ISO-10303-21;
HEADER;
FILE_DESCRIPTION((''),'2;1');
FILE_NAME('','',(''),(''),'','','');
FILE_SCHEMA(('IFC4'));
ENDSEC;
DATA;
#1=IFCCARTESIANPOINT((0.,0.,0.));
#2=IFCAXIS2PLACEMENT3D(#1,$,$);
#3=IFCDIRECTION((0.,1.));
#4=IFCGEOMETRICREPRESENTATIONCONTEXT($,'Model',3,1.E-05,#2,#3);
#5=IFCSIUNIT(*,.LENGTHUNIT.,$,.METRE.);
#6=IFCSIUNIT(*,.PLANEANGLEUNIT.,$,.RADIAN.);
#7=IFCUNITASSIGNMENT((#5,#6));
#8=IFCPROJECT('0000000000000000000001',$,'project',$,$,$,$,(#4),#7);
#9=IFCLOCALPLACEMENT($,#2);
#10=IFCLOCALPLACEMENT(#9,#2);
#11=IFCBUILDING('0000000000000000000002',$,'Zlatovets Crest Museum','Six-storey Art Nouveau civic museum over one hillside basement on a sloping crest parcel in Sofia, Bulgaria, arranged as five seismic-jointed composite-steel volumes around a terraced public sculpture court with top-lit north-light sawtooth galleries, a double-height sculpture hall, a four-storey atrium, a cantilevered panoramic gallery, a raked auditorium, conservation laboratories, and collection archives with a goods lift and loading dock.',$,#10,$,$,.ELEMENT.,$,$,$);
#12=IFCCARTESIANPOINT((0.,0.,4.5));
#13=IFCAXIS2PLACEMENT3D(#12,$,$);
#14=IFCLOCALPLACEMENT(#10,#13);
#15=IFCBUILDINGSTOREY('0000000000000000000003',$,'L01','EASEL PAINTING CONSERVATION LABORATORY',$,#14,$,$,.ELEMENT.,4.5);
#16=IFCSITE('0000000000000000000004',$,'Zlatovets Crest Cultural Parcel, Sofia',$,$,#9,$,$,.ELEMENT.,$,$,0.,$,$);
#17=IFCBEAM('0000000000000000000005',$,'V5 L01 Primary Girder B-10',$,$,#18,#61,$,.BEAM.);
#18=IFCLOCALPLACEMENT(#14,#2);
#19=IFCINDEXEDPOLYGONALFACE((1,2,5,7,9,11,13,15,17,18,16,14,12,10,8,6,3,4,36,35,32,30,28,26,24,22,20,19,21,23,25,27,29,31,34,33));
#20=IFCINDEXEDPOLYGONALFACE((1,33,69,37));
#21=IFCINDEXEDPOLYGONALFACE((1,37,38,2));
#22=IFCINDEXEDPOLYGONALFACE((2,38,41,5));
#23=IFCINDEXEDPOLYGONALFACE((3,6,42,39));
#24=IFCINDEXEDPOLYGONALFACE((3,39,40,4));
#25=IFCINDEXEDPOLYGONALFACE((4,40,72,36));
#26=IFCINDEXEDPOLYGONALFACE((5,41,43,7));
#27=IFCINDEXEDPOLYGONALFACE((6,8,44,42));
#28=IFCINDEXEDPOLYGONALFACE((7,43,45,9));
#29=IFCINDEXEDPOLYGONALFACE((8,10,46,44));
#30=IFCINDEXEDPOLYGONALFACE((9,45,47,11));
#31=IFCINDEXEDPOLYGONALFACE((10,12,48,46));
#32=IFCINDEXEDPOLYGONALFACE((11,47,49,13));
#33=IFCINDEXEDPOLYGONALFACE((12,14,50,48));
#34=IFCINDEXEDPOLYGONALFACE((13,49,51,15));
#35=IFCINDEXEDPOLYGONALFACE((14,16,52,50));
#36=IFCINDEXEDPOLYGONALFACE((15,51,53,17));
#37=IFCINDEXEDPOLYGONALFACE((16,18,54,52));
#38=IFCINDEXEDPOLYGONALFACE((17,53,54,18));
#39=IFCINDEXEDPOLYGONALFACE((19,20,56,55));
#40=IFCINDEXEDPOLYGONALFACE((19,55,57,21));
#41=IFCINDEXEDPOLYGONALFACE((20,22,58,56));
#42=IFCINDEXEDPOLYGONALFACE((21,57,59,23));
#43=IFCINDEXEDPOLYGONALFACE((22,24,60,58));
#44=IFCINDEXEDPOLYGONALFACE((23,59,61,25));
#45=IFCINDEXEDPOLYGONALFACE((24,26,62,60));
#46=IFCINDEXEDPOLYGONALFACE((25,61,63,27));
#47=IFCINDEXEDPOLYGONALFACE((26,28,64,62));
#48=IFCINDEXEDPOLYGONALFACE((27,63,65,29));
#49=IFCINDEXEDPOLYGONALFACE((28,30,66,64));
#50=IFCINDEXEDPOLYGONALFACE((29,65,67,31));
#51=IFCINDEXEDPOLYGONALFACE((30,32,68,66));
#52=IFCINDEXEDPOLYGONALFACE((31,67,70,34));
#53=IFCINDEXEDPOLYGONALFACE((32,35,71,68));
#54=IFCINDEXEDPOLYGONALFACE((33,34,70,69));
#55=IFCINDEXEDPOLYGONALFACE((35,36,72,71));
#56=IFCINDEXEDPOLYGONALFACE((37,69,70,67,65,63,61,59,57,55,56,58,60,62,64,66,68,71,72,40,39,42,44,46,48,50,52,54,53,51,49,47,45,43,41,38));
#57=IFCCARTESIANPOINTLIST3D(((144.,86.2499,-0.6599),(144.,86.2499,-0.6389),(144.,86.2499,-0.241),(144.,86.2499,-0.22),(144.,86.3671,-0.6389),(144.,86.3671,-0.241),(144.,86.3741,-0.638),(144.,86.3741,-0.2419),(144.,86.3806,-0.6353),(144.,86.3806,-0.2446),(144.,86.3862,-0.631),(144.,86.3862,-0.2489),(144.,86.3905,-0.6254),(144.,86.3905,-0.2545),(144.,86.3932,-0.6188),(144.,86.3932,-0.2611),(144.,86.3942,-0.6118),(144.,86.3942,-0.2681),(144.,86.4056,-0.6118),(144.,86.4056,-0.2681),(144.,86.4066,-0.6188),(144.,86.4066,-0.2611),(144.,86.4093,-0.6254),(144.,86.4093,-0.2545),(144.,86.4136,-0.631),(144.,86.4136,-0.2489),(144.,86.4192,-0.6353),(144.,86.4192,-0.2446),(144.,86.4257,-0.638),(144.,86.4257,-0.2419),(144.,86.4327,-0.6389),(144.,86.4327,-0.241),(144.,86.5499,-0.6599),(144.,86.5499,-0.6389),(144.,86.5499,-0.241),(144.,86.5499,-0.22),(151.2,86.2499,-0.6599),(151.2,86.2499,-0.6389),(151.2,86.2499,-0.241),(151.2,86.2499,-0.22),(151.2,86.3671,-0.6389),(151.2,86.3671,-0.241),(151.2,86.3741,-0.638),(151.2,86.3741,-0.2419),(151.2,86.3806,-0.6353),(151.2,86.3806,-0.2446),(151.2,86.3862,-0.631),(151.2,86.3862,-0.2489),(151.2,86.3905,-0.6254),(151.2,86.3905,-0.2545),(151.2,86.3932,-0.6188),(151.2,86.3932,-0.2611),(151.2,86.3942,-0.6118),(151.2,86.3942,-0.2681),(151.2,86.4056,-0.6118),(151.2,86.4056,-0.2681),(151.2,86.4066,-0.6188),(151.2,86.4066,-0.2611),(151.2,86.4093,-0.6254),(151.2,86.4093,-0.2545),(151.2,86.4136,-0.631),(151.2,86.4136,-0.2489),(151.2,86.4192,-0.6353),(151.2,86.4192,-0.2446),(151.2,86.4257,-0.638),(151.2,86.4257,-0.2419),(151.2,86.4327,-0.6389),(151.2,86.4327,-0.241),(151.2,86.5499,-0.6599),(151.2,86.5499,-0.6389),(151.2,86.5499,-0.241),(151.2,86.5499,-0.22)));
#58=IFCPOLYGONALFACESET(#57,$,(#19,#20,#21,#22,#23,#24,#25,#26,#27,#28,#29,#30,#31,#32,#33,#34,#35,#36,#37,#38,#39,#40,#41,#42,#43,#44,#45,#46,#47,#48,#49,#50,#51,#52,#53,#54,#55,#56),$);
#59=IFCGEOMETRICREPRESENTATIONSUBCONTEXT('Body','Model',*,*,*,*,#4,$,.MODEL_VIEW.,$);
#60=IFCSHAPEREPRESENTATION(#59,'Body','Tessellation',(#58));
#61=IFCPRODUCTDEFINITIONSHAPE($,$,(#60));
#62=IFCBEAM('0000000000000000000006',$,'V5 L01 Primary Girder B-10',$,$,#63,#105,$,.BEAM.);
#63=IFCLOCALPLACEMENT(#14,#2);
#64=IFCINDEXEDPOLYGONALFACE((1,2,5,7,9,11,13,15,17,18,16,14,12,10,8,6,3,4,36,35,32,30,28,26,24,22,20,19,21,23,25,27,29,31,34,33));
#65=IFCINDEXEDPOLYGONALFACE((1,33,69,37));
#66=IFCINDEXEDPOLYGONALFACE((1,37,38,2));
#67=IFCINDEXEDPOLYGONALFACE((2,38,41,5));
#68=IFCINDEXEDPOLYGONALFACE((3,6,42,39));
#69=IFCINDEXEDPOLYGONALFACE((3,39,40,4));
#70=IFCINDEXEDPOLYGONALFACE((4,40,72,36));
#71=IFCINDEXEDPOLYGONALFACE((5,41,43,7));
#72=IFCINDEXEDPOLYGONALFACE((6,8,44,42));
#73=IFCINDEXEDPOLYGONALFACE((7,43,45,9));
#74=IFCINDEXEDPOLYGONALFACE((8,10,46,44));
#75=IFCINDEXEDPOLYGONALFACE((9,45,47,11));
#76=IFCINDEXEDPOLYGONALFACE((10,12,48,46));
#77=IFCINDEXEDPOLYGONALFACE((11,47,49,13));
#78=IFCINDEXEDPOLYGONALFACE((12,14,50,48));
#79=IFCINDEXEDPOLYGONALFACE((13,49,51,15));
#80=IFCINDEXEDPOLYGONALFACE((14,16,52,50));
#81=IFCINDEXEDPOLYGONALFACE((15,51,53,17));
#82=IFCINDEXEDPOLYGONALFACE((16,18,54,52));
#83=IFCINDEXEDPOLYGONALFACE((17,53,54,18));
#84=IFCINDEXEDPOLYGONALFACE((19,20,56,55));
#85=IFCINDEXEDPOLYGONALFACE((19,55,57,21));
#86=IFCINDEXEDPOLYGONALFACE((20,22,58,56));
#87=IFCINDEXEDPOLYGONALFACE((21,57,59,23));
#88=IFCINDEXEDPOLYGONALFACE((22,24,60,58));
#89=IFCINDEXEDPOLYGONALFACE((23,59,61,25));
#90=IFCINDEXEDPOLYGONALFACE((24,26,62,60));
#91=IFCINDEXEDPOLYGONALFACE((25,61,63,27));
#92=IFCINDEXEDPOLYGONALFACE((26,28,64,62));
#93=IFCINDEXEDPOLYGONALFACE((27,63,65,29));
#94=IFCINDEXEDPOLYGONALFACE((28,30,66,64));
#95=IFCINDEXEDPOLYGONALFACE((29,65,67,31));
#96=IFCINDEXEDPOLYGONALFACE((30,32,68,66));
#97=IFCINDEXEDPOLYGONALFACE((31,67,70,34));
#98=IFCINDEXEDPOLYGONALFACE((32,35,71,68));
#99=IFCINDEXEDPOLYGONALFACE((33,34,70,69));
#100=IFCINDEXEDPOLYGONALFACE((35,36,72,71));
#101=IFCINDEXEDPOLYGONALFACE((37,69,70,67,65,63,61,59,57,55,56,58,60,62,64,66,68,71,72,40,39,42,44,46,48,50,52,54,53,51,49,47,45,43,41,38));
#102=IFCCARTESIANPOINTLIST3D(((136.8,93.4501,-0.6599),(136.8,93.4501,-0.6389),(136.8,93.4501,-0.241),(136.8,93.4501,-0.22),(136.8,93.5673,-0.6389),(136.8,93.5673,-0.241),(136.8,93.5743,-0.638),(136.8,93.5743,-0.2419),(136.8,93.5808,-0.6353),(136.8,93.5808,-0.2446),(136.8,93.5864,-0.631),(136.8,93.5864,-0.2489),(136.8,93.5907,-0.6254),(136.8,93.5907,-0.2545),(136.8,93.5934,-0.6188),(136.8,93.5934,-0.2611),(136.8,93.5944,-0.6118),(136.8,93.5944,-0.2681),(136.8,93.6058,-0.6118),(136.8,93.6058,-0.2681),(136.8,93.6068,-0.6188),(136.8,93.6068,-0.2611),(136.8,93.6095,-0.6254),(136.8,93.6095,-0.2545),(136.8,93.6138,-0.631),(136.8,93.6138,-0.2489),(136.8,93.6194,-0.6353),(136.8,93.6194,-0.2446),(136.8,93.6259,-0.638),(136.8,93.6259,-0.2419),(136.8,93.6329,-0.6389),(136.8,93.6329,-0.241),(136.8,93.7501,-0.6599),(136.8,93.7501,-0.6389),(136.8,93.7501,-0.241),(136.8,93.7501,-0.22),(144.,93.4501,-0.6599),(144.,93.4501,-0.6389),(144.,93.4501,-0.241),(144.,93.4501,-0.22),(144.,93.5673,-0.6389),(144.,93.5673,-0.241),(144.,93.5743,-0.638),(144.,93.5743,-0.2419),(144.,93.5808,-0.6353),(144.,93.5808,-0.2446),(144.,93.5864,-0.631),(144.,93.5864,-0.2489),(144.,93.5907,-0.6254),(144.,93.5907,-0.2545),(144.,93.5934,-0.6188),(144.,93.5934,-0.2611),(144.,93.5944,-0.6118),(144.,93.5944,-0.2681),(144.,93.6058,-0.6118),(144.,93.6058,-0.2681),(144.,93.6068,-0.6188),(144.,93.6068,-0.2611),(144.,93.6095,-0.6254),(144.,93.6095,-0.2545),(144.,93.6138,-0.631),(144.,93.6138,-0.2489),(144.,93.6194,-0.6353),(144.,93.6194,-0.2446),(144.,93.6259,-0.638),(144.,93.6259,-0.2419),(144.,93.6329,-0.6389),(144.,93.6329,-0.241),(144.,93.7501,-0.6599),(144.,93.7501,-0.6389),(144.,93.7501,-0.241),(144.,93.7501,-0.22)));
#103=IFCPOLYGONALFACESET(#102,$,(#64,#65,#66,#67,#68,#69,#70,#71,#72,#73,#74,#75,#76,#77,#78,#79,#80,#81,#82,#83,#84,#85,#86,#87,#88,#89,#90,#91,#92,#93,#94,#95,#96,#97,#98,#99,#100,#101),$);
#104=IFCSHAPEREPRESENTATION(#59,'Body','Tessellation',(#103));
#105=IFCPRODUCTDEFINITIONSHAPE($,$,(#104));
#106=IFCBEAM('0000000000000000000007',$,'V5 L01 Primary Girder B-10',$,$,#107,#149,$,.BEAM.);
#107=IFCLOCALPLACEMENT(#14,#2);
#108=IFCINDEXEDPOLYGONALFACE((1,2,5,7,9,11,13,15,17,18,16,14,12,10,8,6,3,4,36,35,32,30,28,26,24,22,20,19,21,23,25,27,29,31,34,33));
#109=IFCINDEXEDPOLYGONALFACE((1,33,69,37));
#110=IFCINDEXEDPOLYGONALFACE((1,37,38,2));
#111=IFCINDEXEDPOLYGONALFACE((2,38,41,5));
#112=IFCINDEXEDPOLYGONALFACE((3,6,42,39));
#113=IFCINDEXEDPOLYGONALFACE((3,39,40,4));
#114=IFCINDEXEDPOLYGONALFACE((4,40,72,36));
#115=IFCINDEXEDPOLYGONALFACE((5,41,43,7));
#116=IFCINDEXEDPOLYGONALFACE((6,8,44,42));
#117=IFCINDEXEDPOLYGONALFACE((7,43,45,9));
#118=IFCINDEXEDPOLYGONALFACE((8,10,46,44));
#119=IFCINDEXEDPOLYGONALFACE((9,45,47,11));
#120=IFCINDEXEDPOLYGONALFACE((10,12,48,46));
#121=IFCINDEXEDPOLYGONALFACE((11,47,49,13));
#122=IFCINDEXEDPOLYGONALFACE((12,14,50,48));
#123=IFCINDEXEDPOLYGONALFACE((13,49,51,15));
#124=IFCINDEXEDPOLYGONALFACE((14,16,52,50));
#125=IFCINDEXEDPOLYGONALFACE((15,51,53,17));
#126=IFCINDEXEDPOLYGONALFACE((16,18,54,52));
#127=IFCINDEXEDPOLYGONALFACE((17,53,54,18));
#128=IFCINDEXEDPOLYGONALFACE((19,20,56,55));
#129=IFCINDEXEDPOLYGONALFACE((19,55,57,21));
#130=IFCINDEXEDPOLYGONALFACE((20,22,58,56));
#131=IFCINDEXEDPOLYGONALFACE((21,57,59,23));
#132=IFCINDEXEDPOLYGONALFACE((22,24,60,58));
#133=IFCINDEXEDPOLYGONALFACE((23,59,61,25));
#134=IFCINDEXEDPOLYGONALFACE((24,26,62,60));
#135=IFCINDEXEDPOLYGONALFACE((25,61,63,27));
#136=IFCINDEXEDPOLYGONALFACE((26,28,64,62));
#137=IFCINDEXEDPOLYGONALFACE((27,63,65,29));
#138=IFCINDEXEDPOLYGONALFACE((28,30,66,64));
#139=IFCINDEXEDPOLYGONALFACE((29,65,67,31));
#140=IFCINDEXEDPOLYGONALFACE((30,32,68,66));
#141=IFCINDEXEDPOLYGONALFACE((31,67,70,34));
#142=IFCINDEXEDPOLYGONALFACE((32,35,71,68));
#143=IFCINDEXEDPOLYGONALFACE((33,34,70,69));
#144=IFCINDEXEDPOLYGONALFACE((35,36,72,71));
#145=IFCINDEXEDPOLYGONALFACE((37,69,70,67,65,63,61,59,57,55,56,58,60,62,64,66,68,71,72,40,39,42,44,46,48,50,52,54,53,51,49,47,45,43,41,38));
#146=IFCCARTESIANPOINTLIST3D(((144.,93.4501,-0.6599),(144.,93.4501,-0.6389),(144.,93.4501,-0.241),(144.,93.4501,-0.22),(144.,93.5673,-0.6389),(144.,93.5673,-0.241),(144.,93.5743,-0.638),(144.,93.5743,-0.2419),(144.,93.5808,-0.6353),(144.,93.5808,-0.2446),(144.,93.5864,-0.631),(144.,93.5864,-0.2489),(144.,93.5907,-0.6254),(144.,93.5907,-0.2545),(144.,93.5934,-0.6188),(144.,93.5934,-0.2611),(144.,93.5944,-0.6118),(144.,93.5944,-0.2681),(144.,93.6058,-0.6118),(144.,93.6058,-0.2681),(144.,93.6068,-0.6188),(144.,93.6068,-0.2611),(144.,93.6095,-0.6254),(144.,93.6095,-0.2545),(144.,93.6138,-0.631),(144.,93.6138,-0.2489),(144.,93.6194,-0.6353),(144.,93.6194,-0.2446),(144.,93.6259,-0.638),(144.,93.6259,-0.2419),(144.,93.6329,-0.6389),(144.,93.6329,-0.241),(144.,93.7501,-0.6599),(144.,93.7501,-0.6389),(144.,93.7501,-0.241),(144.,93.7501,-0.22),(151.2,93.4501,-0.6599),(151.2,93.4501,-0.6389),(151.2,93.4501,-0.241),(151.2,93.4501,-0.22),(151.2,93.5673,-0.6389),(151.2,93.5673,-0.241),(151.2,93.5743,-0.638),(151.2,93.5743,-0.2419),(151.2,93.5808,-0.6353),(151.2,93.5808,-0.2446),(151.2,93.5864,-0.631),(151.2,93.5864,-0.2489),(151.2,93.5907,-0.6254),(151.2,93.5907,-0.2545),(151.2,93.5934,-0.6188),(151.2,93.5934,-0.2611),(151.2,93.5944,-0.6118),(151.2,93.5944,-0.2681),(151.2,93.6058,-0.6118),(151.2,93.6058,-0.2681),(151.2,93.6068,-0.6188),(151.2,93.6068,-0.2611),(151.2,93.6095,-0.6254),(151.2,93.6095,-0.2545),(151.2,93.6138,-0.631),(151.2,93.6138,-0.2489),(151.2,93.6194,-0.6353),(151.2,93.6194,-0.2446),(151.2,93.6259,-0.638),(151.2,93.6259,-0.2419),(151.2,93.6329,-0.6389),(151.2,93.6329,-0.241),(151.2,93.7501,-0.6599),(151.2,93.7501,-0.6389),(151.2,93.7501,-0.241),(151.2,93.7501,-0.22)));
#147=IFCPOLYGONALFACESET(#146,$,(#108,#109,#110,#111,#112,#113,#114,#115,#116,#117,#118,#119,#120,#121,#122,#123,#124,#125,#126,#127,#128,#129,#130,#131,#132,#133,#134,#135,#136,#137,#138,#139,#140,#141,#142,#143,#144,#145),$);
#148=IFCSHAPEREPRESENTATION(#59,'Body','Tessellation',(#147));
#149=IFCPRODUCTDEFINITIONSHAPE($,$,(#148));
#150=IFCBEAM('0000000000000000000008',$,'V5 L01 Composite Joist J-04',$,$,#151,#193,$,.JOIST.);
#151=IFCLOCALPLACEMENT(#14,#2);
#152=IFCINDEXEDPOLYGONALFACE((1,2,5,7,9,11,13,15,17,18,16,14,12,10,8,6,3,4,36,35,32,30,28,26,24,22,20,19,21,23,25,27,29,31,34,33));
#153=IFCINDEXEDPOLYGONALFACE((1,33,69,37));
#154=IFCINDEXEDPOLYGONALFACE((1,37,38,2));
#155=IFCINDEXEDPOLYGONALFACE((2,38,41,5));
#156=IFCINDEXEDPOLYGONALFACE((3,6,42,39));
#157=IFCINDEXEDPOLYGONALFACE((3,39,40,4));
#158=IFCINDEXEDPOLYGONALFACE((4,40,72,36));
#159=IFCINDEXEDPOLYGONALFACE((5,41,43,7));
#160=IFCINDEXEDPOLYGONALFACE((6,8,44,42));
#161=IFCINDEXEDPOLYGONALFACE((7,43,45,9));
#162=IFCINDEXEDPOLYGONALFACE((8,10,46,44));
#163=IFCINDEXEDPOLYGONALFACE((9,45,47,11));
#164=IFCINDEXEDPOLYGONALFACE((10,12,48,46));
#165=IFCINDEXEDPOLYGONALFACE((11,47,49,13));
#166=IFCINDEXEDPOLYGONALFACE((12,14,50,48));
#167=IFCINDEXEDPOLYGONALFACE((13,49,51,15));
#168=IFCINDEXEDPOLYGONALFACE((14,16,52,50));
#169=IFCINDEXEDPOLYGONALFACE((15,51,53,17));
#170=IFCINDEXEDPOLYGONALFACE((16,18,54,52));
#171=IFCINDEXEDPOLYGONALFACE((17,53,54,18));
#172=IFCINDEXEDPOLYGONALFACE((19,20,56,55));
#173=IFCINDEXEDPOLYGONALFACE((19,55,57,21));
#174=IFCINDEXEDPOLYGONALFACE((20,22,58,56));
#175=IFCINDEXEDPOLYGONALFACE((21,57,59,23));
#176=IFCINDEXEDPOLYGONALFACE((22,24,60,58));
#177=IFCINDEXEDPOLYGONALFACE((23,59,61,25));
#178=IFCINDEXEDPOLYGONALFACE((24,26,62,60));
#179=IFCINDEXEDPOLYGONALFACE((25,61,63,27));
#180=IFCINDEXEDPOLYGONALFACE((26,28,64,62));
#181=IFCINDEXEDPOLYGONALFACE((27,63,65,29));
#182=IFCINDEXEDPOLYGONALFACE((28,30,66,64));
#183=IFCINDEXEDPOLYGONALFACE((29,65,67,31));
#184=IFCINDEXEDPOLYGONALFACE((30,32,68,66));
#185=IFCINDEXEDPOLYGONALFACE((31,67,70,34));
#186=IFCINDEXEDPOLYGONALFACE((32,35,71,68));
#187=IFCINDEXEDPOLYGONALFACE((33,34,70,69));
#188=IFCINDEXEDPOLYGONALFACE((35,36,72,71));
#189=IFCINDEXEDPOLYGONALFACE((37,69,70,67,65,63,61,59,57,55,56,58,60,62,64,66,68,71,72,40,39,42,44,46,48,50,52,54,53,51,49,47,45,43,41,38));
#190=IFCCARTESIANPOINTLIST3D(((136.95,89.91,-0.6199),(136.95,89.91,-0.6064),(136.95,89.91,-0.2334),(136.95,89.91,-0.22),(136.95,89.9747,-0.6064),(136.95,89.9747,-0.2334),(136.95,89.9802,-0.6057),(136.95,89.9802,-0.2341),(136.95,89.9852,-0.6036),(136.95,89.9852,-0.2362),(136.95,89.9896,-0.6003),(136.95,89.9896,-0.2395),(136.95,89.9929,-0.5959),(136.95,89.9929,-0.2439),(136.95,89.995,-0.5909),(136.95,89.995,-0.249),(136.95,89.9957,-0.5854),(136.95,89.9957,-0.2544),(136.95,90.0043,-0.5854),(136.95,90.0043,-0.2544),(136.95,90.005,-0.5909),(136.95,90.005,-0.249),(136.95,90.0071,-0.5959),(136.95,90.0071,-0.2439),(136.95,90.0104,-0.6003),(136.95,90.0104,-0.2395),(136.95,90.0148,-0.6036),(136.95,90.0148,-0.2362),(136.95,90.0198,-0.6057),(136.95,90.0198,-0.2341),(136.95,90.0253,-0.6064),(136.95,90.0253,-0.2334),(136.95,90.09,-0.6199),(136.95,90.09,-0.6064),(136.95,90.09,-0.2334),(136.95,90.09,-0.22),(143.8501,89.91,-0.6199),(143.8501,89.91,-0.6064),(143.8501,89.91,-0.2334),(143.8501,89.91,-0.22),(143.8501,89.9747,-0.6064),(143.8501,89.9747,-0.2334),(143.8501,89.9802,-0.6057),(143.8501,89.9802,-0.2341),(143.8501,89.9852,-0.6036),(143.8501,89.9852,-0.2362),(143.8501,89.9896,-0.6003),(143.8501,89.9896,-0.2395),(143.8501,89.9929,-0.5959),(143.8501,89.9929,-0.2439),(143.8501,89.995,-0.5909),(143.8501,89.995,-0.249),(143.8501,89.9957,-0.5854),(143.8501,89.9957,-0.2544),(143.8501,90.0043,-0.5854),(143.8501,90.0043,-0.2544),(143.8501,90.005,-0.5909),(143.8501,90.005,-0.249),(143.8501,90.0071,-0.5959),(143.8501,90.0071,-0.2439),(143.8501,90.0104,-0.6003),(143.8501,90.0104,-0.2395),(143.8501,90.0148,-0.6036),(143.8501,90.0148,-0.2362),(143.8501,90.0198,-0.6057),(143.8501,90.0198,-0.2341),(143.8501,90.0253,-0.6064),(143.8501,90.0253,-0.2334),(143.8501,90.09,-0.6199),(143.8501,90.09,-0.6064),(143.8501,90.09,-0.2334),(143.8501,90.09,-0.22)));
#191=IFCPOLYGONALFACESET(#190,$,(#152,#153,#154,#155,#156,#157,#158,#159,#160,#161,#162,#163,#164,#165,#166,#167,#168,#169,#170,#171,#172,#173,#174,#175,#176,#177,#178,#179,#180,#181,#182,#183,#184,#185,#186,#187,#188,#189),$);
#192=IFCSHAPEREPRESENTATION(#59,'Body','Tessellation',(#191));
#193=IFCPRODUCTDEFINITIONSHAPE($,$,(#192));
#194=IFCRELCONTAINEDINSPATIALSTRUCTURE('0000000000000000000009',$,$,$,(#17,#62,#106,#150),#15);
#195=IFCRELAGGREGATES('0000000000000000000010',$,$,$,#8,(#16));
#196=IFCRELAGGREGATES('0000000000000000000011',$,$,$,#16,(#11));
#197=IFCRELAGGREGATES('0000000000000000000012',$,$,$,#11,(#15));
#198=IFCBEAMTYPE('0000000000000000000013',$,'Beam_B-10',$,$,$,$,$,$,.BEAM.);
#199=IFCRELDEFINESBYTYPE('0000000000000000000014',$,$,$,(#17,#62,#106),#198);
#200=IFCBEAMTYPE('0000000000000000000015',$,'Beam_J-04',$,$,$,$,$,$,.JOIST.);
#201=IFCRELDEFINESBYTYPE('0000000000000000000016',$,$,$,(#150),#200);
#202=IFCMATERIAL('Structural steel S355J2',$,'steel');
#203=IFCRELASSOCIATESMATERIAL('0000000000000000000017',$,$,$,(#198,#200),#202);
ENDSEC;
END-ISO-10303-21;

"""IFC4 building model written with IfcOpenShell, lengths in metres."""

from ifc_helpers import new_model, si_unit, direction, frame, origin, origin_2d, place, context, subcontext, project, spatial, i_section, extrude, material, material_profile, profile_set, type_object, element, save


model = new_model("IFC4")

# Units and contexts
model_context = context("Model", 3, precision=1e-05, world=origin(), true_north=direction((0.0, 1.0)))
body_context = subcontext(model_context, "Body", "Model", "MODEL_VIEW")
ifc_project = project(units=[si_unit("LENGTHUNIT", "METRE"), si_unit("PLANEANGLEUNIT", "RADIAN")], contexts=[model_context])

# Site, building, storey
site_placement = place(None, origin())
site = spatial("IfcSite", under=ifc_project, at=site_placement, Name="Zlatovets Crest Cultural Parcel, Sofia", CompositionType="ELEMENT", RefElevation=0.0)
building_placement = place(site_placement, origin())
building = spatial("IfcBuilding", under=site, at=building_placement, Name="Zlatovets Crest Museum", Description="Six-storey Art Nouveau civic museum over one hillside basement on a sloping crest parcel in Sofia, Bulgaria, arranged as five seismic-jointed composite-steel volumes around a terraced public sculpture court with top-lit north-light sawtooth galleries, a double-height sculpture hall, a four-storey atrium, a cantilevered panoramic gallery, a raked auditorium, conservation laboratories, and collection archives with a goods lift and loading dock.", CompositionType="ELEMENT")
storey_placement = place(building_placement, frame((0.0, 0.0, 4.5)))
storey = spatial("IfcBuildingStorey", under=building, at=storey_placement, Name="L01", Description="EASEL PAINTING CONSERVATION LABORATORY", CompositionType="ELEMENT", Elevation=4.5)

# Shared definitions
ifc_material_1 = material(Name="Structural steel S355J2", Category="steel")

# Beams
ifc_material_profile_1 = material_profile(ifc_material_1, i_section(OverallWidth=0.3, OverallDepth=0.4399, WebThickness=0.0115, FlangeThickness=0.021, FilletRadius=0.0271, at=origin_2d()), Name="HEA 450")
ifc_profile_set_1 = profile_set([ifc_material_profile_1], Name="Structural steel S355J2")
beam_type_1 = type_object("IfcBeamType", Name="Beam_B-10", PredefinedType="BEAM", material=ifc_profile_set_1)
for number, where, z_axis, x_axis, name in (
    (1, (144.0, 86.3999, -0.4399), (1.0, 0.0, 0.0), (0.0, 1.0, 0.0), "V5 L01 Primary Girder B-10"),
    (2, (136.8, 93.6001, -0.4399), (1.0, 0.0, 0.0), (0.0, 1.0, 0.0), "V5 L01 Primary Girder B-10"),
    (3, (144.0, 93.6001, -0.4399), (1.0, 0.0, 0.0), (0.0, 1.0, 0.0), "V5 L01 Primary Girder B-10"),
):
    element("IfcBeam", number, at=place(storey_placement, frame(where, z_axis=z_axis, x_axis=x_axis)), inside=storey, type_object=beam_type_1, Name=name, PredefinedType="BEAM", context=body_context, shape_type="SweptSolid", body=[
        extrude(i_section(OverallWidth=0.3, OverallDepth=0.4399, WebThickness=0.0115, FlangeThickness=0.021, FilletRadius=0.0271, at=origin_2d()), origin(), (0.0, 0.0, 1.0), 7.2),
    ])
ifc_material_profile_2 = material_profile(ifc_material_1, i_section(OverallWidth=0.1799, OverallDepth=0.3999, WebThickness=0.0085, FlangeThickness=0.0134, FilletRadius=0.021, at=origin_2d()), Name="IPE 400")
ifc_profile_set_2 = profile_set([ifc_material_profile_2], Name="Structural steel S355J2")
beam_type_2 = type_object("IfcBeamType", Name="Beam_J-04", PredefinedType="JOIST", material=ifc_profile_set_2)
beam_1_placement = place(storey_placement, frame((136.95, 90.0, -0.4199), z_axis=(1.0, 0.0, 0.0), x_axis=(0.0, 1.0, 0.0)))
element("IfcBeam", 4, at=beam_1_placement, inside=storey, type_object=beam_type_2, Name="V5 L01 Composite Joist J-04", PredefinedType="JOIST", context=body_context, shape_type="SweptSolid", body=[
    extrude(i_section(OverallWidth=0.1799, OverallDepth=0.3999, WebThickness=0.0085, FlangeThickness=0.0134, FilletRadius=0.021, at=origin_2d()), origin(), (0.0, 0.0, 1.0), 6.9001),
])

save(model, "model.ifc")
